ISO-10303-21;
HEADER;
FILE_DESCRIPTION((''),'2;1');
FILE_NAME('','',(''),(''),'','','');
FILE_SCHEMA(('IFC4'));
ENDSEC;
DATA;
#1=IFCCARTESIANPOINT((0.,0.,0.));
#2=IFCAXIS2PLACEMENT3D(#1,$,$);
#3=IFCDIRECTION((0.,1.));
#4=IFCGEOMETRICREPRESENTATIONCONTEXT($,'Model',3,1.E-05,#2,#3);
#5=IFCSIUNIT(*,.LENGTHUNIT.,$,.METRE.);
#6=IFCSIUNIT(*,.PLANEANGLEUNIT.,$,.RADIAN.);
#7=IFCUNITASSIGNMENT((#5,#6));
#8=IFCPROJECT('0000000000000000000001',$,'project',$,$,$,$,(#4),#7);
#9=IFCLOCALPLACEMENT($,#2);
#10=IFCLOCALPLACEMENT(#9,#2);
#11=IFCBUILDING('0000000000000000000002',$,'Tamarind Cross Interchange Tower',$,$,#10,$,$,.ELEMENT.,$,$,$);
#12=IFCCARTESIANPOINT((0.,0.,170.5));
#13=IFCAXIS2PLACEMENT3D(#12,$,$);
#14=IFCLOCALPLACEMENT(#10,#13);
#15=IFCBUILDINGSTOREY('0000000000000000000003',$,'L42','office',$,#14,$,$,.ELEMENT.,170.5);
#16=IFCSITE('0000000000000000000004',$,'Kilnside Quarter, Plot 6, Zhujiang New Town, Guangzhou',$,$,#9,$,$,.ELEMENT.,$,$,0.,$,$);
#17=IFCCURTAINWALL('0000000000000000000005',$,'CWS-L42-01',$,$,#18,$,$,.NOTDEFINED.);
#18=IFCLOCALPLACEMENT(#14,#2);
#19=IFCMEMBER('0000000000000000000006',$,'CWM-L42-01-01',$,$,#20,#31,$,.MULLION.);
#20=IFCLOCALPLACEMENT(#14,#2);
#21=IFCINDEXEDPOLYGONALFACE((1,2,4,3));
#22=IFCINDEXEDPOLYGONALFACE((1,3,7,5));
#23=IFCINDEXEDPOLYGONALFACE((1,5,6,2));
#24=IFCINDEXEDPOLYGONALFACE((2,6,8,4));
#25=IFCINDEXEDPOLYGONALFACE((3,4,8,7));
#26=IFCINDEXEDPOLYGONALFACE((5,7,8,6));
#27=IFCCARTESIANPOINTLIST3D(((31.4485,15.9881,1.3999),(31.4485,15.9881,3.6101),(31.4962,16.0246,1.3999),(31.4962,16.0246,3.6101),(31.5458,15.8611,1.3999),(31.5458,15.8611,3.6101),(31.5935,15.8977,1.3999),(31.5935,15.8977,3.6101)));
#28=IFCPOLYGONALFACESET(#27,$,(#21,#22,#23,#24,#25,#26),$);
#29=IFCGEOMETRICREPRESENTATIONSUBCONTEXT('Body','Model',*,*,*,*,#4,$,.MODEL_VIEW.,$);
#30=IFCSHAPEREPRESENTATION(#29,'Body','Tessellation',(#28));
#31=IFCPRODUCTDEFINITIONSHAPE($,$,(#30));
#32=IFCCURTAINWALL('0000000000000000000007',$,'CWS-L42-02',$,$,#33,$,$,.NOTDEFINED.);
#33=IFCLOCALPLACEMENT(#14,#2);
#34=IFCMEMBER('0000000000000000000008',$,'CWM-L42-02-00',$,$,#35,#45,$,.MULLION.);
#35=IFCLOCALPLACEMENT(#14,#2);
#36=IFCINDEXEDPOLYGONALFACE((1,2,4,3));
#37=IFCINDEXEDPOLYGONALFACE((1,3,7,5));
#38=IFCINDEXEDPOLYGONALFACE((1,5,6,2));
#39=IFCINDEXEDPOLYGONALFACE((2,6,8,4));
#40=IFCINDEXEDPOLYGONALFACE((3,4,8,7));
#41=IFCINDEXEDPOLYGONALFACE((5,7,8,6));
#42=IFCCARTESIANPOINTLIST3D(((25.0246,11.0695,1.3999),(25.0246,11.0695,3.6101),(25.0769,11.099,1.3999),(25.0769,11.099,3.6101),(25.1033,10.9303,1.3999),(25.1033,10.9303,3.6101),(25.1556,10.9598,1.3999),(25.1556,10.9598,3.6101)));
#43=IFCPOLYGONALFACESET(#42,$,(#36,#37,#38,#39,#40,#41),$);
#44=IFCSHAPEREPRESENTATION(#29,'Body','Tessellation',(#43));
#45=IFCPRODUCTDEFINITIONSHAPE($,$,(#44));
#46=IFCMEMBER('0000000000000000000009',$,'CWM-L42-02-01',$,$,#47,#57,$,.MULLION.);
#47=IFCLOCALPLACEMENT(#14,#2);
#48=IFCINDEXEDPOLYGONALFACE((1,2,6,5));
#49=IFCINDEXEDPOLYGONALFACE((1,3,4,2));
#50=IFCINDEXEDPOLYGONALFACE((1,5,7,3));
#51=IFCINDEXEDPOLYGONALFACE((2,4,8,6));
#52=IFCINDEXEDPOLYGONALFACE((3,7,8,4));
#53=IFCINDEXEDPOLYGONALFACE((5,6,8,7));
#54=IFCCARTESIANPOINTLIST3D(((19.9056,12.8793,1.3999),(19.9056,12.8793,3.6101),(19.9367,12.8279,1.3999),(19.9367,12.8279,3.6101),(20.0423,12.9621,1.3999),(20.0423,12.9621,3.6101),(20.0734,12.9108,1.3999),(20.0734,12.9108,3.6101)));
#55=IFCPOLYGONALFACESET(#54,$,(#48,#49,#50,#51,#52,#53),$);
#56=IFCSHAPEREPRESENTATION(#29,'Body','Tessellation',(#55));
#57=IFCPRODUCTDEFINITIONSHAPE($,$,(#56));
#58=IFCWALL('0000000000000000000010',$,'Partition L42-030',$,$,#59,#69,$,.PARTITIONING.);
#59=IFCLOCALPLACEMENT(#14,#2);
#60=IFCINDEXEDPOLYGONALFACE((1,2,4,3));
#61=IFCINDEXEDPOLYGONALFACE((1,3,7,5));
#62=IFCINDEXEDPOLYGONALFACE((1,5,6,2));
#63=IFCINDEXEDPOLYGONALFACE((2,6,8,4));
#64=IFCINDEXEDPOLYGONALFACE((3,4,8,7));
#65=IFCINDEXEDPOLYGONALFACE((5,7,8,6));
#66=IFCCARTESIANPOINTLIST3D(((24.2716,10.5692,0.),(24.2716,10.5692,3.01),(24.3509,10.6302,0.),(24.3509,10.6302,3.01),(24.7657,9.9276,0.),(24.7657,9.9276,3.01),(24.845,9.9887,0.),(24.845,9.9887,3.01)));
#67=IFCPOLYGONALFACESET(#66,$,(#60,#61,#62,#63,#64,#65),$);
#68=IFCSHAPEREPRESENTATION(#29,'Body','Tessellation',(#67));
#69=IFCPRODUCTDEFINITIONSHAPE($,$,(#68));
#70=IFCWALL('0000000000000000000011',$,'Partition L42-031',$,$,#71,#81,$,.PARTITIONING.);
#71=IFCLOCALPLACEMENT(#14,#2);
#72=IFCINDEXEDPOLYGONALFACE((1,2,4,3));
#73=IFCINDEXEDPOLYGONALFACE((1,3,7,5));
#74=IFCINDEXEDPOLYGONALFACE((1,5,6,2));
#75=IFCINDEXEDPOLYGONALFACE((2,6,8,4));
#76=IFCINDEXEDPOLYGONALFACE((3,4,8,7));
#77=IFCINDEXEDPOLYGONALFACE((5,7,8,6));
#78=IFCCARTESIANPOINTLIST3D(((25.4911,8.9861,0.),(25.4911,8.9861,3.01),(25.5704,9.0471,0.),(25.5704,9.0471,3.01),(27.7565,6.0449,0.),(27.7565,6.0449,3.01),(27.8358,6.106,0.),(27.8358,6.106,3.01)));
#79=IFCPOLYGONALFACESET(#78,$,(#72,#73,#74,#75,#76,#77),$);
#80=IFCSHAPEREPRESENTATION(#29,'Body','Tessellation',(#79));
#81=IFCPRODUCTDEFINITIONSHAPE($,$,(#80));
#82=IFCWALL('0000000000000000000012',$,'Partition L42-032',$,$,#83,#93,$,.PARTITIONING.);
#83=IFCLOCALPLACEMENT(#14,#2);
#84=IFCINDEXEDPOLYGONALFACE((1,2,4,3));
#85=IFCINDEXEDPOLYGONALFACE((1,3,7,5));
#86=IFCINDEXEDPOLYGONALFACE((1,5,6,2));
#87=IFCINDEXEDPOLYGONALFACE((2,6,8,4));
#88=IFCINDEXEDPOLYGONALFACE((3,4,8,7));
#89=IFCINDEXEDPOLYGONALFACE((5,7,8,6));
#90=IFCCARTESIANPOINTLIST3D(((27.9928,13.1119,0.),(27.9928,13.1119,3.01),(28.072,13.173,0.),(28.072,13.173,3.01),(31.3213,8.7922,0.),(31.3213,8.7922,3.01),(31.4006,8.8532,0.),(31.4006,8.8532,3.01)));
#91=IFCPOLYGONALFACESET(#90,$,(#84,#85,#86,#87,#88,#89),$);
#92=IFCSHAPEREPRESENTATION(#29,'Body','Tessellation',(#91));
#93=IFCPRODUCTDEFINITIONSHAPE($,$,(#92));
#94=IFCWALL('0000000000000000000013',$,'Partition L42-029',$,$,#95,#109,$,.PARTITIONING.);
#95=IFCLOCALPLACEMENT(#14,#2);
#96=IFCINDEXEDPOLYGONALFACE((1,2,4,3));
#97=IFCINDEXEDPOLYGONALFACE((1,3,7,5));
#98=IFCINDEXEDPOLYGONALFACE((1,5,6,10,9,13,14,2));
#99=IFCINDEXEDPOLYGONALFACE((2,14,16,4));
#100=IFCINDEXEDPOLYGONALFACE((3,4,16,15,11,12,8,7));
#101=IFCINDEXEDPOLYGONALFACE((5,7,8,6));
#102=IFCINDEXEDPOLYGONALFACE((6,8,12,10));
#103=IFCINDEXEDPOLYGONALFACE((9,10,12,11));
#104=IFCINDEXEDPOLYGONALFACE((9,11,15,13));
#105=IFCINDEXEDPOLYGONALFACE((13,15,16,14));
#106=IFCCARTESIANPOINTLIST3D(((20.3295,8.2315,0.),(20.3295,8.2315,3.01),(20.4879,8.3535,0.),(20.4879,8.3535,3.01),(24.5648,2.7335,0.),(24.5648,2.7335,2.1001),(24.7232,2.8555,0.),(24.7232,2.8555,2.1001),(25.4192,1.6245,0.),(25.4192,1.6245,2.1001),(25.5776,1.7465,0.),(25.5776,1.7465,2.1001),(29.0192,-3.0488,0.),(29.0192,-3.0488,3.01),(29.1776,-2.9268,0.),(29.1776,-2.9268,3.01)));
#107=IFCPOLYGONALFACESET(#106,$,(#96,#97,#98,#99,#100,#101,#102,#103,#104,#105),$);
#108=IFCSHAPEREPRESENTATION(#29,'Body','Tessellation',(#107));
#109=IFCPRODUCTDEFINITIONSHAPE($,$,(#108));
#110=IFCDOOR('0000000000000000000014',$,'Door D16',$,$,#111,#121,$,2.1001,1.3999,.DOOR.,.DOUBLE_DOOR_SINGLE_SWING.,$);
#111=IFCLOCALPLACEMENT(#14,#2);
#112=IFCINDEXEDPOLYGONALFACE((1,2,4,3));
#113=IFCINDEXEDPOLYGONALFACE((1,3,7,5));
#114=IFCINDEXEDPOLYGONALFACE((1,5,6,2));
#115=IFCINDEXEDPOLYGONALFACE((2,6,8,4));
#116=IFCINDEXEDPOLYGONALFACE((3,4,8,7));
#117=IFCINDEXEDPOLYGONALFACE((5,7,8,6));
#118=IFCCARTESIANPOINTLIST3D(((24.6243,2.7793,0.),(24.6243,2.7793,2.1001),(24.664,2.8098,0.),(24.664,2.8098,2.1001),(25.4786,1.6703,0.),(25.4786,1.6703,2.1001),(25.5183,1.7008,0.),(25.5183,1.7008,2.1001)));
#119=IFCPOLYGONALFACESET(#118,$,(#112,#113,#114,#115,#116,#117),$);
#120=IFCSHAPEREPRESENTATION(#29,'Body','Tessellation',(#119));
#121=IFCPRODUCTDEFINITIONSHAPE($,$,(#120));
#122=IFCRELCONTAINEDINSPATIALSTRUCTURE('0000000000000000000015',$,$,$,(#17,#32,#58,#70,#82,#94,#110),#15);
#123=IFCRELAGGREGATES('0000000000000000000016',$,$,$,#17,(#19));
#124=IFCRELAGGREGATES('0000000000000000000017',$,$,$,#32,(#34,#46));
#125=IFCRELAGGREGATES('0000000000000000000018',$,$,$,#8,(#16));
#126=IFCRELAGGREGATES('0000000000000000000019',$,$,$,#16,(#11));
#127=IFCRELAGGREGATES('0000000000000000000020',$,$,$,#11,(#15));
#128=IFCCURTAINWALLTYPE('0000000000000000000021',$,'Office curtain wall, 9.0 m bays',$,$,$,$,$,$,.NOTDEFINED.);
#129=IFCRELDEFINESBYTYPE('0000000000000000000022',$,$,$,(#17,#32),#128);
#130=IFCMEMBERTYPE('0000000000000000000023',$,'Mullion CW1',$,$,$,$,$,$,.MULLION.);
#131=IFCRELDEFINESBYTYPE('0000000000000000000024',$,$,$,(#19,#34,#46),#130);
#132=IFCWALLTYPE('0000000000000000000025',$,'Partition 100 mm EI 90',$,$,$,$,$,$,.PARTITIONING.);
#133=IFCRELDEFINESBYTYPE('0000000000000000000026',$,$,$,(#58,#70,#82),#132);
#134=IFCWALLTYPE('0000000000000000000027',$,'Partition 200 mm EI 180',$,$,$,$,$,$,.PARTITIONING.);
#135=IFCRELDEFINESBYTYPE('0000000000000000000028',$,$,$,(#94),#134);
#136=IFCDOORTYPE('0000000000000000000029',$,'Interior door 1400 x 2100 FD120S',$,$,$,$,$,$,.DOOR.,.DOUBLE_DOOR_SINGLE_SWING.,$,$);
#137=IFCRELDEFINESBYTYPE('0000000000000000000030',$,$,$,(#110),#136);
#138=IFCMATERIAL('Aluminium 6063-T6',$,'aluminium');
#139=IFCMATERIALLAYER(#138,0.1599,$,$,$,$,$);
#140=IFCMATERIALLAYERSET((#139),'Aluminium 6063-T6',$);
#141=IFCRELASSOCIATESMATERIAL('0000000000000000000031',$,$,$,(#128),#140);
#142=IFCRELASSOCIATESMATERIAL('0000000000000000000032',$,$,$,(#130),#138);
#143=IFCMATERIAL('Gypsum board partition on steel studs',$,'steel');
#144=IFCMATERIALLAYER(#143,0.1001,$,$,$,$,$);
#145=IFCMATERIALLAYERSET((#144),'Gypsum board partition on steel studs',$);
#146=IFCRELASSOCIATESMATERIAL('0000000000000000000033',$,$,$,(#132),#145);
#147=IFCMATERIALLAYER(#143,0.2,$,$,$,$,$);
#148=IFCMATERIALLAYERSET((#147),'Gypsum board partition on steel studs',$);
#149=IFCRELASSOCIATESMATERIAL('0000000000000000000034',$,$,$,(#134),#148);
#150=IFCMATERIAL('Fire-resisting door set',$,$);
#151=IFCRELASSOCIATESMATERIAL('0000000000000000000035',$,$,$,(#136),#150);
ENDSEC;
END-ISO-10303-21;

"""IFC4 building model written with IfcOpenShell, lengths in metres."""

from ifc_helpers import new_model, si_unit, direction, frame, frame_2d, origin, origin_2d, place, context, subcontext, project, spatial, rectangle, extrude, material, layer, layer_set, material_profile, profile_set, type_object, element, fill, aggregate, save


model = new_model("IFC4")

# Units and contexts
model_context = context("Model", 3, precision=1e-05, world=origin(), true_north=direction((0.0, 1.0)))
body_context = subcontext(model_context, "Body", "Model", "MODEL_VIEW")
ifc_project = project(units=[si_unit("LENGTHUNIT", "METRE"), si_unit("PLANEANGLEUNIT", "RADIAN")], contexts=[model_context])

# Site, building, storey
site_placement = place(None, origin())
site = spatial("IfcSite", under=ifc_project, at=site_placement, Name="Kilnside Quarter, Plot 6, Zhujiang New Town, Guangzhou", CompositionType="ELEMENT", RefElevation=0.0)
building_placement = place(site_placement, origin())
building = spatial("IfcBuilding", under=site, at=building_placement, Name="Tamarind Cross Interchange Tower", CompositionType="ELEMENT")
storey_placement = place(building_placement, frame((0.0, 0.0, 170.5)))
storey = spatial("IfcBuildingStorey", under=building, at=storey_placement, Name="L42", Description="office", CompositionType="ELEMENT", Elevation=170.5)

# Curtain wall, member
ifc_material_1 = material(Name="Aluminium 6063-T6", Category="aluminium")
ifc_layer_1 = layer(ifc_material_1, 0.1599)
ifc_layer_set_1 = layer_set([ifc_layer_1], Name="Aluminium 6063-T6")
curtain_wall_type = type_object("IfcCurtainWallType", Name="Office curtain wall, 9.0 m bays", PredefinedType="NOTDEFINED", material=ifc_layer_set_1)
curtain_wall_1_placement = place(storey_placement, origin())
curtain_wall_1 = element("IfcCurtainWall", 1, at=curtain_wall_1_placement, inside=storey, type_object=curtain_wall_type, Name="CWS-L42-01", PredefinedType="NOTDEFINED")
ifc_material_profile_1 = material_profile(ifc_material_1, rectangle(XDim=0.0601, YDim=0.1599, at=origin_2d()), Name="Mullion CW1")
ifc_profile_set_1 = profile_set([ifc_material_profile_1], Name="Aluminium 6063-T6")
member_type = type_object("IfcMemberType", Name="Mullion CW1", PredefinedType="MULLION", material=ifc_profile_set_1)
member_1_placement = place(storey_placement, frame((31.521, 15.9429, 1.3999), z_axis=(0.0, 0.0, 1.0), x_axis=(-0.793725, -0.608277, 0.0)))
member_1 = element("IfcMember", 2, at=member_1_placement, type_object=member_type, Name="CWM-L42-01-01", PredefinedType="MULLION", context=body_context, shape_type="SweptSolid", body=[
    extrude(rectangle(XDim=0.0601, YDim=0.1599, at=origin_2d()), origin(), (0.0, 0.0, 1.0), 2.2102),
])
aggregate(curtain_wall_1, [member_1])

# Curtain wall, members
curtain_wall_2_placement = place(storey_placement, origin())
curtain_wall_2 = element("IfcCurtainWall", 3, at=curtain_wall_2_placement, inside=storey, type_object=curtain_wall_type, Name="CWS-L42-02", PredefinedType="NOTDEFINED")
member_2_placement = place(storey_placement, frame((25.0901, 11.0146, 1.3999), z_axis=(0.0, 0.0, 1.0), x_axis=(-0.870611, -0.491972, 0.0)))
member_2 = element("IfcMember", 4, at=member_2_placement, type_object=member_type, Name="CWM-L42-02-00", PredefinedType="MULLION", context=body_context, shape_type="SweptSolid", body=[
    extrude(rectangle(XDim=0.0601, YDim=0.1599, at=origin_2d()), origin(), (0.0, 0.0, 1.0), 2.2102),
])
member_3_placement = place(storey_placement, frame((19.9895, 12.895, 1.3999), z_axis=(0.0, 0.0, 1.0), x_axis=(-0.518101, 0.85532, 0.0)))
member_3 = element("IfcMember", 5, at=member_3_placement, type_object=member_type, Name="CWM-L42-02-01", PredefinedType="MULLION", context=body_context, shape_type="SweptSolid", body=[
    extrude(rectangle(XDim=0.0601, YDim=0.1599, at=origin_2d()), origin(), (0.0, 0.0, 1.0), 2.2102),
])
aggregate(curtain_wall_2, [member_2, member_3])

# Walls
ifc_material_2 = material(Name="Gypsum board partition on steel studs", Category="steel")
ifc_layer_2 = layer(ifc_material_2, 0.1001)
ifc_layer_set_2 = layer_set([ifc_layer_2], Name="Gypsum board partition on steel studs")
wall_type_1 = type_object("IfcWallType", Name="Partition 100 mm EI 90", PredefinedType="PARTITIONING", material=ifc_layer_set_2)
wall_1_placement = place(storey_placement, frame((24.3113, 10.5996, 0.0), z_axis=(0.0, 0.0, 1.0), x_axis=(0.610177, -0.792265, 0.0)))
element("IfcWall", 6, at=wall_1_placement, inside=storey, type_object=wall_type_1, Name="Partition L42-030", PredefinedType="PARTITIONING", context=body_context, shape_type="SweptSolid", body=[
    extrude(rectangle(XDim=0.8098, YDim=0.1001, at=frame_2d((0.4048, 0.0))), origin(), (0.0, 0.0, 1.0), 3.01),
])
wall_2_placement = place(storey_placement, frame((25.5308, 9.0166, 0.0), z_axis=(0.0, 0.0, 1.0), x_axis=(0.61021, -0.79224, 0.0)))
element("IfcWall", 7, at=wall_2_placement, inside=storey, type_object=wall_type_1, Name="Partition L42-031", PredefinedType="PARTITIONING", context=body_context, shape_type="SweptSolid", body=[
    extrude(rectangle(XDim=3.7124, YDim=0.1001, at=frame_2d((1.8562, 0.0))), origin(), (0.0, 0.0, 1.0), 3.01),
])
wall_3_placement = place(storey_placement, frame((28.0325, 13.1423, 0.0), z_axis=(0.0, 0.0, 1.0), x_axis=(0.610364, -0.792121, 0.0)))
element("IfcWall", 8, at=wall_3_placement, inside=storey, type_object=wall_type_1, Name="Partition L42-032", PredefinedType="PARTITIONING", context=body_context, shape_type="SweptSolid", body=[
    extrude(rectangle(XDim=5.4534, YDim=0.1001, at=frame_2d((2.7266, 0.0))), origin(), (0.0, 0.0, 1.0), 3.01),
])

# Wall, opening, door
ifc_layer_3 = layer(ifc_material_2, 0.2)
ifc_layer_set_3 = layer_set([ifc_layer_3], Name="Gypsum board partition on steel studs")
wall_type_2 = type_object("IfcWallType", Name="Partition 200 mm EI 180", PredefinedType="PARTITIONING", material=ifc_layer_set_3)
wall_4_placement = place(storey_placement, frame((20.4087, 8.2925, 0.0), z_axis=(0.0, 0.0, 1.0), x_axis=(0.610265, -0.792197, 0.0)))
wall_4 = element("IfcWall", 9, at=wall_4_placement, inside=storey, type_object=wall_type_2, Name="Partition L42-029", PredefinedType="PARTITIONING", context=body_context, shape_type="SweptSolid", body=[
    extrude(rectangle(XDim=14.2393, YDim=0.2, at=frame_2d((7.1196, 0.0))), origin(), (0.0, 0.0, 1.0), 3.01),
])
opening_placement = place(wall_4_placement, frame((6.9402, 0.0, 0.0)))
opening = element("IfcOpeningElement", 10, at=opening_placement, cuts=wall_4, PredefinedType="OPENING", context=body_context, shape_type="SweptSolid", body=[
    extrude(rectangle(XDim=1.3999, YDim=2.1001, at=frame_2d((0.7, 1.05))), frame((0.0, 0.1099, 0.0), z_axis=(0.0, -1.0, 0.0), x_axis=(1.0, 0.0, 0.0)), (0.0, 0.0, 1.0), 0.22),
])
ifc_material_3 = material(Name="Fire-resisting door set")
door_type = type_object("IfcDoorType", Name="Interior door 1400 x 2100 FD120S", OperationType="DOUBLE_DOOR_SINGLE_SWING", PredefinedType="DOOR", material=ifc_material_3)
door_placement = place(opening_placement, frame((1.3999, 0.0, 0.0), z_axis=(0.0, 0.0, 1.0), x_axis=(-1.0, 0.0, 0.0)))
door = element("IfcDoor", 11, at=door_placement, inside=storey, type_object=door_type, Name="Door D16", OperationType="DOUBLE_DOOR_SINGLE_SWING", OverallHeight=2.1001, OverallWidth=1.3999, PredefinedType="DOOR", context=body_context, shape_type="SweptSolid", body=[
    extrude(rectangle(XDim=1.3999, YDim=2.1001, at=frame_2d((0.7, 1.05))), frame((0.0, 0.0249, 0.0), z_axis=(0.0, -1.0, 0.0), x_axis=(1.0, 0.0, 0.0)), (0.0, 0.0, 1.0), 0.05),
])
fill(opening, door)

save(model, "model.ifc")
